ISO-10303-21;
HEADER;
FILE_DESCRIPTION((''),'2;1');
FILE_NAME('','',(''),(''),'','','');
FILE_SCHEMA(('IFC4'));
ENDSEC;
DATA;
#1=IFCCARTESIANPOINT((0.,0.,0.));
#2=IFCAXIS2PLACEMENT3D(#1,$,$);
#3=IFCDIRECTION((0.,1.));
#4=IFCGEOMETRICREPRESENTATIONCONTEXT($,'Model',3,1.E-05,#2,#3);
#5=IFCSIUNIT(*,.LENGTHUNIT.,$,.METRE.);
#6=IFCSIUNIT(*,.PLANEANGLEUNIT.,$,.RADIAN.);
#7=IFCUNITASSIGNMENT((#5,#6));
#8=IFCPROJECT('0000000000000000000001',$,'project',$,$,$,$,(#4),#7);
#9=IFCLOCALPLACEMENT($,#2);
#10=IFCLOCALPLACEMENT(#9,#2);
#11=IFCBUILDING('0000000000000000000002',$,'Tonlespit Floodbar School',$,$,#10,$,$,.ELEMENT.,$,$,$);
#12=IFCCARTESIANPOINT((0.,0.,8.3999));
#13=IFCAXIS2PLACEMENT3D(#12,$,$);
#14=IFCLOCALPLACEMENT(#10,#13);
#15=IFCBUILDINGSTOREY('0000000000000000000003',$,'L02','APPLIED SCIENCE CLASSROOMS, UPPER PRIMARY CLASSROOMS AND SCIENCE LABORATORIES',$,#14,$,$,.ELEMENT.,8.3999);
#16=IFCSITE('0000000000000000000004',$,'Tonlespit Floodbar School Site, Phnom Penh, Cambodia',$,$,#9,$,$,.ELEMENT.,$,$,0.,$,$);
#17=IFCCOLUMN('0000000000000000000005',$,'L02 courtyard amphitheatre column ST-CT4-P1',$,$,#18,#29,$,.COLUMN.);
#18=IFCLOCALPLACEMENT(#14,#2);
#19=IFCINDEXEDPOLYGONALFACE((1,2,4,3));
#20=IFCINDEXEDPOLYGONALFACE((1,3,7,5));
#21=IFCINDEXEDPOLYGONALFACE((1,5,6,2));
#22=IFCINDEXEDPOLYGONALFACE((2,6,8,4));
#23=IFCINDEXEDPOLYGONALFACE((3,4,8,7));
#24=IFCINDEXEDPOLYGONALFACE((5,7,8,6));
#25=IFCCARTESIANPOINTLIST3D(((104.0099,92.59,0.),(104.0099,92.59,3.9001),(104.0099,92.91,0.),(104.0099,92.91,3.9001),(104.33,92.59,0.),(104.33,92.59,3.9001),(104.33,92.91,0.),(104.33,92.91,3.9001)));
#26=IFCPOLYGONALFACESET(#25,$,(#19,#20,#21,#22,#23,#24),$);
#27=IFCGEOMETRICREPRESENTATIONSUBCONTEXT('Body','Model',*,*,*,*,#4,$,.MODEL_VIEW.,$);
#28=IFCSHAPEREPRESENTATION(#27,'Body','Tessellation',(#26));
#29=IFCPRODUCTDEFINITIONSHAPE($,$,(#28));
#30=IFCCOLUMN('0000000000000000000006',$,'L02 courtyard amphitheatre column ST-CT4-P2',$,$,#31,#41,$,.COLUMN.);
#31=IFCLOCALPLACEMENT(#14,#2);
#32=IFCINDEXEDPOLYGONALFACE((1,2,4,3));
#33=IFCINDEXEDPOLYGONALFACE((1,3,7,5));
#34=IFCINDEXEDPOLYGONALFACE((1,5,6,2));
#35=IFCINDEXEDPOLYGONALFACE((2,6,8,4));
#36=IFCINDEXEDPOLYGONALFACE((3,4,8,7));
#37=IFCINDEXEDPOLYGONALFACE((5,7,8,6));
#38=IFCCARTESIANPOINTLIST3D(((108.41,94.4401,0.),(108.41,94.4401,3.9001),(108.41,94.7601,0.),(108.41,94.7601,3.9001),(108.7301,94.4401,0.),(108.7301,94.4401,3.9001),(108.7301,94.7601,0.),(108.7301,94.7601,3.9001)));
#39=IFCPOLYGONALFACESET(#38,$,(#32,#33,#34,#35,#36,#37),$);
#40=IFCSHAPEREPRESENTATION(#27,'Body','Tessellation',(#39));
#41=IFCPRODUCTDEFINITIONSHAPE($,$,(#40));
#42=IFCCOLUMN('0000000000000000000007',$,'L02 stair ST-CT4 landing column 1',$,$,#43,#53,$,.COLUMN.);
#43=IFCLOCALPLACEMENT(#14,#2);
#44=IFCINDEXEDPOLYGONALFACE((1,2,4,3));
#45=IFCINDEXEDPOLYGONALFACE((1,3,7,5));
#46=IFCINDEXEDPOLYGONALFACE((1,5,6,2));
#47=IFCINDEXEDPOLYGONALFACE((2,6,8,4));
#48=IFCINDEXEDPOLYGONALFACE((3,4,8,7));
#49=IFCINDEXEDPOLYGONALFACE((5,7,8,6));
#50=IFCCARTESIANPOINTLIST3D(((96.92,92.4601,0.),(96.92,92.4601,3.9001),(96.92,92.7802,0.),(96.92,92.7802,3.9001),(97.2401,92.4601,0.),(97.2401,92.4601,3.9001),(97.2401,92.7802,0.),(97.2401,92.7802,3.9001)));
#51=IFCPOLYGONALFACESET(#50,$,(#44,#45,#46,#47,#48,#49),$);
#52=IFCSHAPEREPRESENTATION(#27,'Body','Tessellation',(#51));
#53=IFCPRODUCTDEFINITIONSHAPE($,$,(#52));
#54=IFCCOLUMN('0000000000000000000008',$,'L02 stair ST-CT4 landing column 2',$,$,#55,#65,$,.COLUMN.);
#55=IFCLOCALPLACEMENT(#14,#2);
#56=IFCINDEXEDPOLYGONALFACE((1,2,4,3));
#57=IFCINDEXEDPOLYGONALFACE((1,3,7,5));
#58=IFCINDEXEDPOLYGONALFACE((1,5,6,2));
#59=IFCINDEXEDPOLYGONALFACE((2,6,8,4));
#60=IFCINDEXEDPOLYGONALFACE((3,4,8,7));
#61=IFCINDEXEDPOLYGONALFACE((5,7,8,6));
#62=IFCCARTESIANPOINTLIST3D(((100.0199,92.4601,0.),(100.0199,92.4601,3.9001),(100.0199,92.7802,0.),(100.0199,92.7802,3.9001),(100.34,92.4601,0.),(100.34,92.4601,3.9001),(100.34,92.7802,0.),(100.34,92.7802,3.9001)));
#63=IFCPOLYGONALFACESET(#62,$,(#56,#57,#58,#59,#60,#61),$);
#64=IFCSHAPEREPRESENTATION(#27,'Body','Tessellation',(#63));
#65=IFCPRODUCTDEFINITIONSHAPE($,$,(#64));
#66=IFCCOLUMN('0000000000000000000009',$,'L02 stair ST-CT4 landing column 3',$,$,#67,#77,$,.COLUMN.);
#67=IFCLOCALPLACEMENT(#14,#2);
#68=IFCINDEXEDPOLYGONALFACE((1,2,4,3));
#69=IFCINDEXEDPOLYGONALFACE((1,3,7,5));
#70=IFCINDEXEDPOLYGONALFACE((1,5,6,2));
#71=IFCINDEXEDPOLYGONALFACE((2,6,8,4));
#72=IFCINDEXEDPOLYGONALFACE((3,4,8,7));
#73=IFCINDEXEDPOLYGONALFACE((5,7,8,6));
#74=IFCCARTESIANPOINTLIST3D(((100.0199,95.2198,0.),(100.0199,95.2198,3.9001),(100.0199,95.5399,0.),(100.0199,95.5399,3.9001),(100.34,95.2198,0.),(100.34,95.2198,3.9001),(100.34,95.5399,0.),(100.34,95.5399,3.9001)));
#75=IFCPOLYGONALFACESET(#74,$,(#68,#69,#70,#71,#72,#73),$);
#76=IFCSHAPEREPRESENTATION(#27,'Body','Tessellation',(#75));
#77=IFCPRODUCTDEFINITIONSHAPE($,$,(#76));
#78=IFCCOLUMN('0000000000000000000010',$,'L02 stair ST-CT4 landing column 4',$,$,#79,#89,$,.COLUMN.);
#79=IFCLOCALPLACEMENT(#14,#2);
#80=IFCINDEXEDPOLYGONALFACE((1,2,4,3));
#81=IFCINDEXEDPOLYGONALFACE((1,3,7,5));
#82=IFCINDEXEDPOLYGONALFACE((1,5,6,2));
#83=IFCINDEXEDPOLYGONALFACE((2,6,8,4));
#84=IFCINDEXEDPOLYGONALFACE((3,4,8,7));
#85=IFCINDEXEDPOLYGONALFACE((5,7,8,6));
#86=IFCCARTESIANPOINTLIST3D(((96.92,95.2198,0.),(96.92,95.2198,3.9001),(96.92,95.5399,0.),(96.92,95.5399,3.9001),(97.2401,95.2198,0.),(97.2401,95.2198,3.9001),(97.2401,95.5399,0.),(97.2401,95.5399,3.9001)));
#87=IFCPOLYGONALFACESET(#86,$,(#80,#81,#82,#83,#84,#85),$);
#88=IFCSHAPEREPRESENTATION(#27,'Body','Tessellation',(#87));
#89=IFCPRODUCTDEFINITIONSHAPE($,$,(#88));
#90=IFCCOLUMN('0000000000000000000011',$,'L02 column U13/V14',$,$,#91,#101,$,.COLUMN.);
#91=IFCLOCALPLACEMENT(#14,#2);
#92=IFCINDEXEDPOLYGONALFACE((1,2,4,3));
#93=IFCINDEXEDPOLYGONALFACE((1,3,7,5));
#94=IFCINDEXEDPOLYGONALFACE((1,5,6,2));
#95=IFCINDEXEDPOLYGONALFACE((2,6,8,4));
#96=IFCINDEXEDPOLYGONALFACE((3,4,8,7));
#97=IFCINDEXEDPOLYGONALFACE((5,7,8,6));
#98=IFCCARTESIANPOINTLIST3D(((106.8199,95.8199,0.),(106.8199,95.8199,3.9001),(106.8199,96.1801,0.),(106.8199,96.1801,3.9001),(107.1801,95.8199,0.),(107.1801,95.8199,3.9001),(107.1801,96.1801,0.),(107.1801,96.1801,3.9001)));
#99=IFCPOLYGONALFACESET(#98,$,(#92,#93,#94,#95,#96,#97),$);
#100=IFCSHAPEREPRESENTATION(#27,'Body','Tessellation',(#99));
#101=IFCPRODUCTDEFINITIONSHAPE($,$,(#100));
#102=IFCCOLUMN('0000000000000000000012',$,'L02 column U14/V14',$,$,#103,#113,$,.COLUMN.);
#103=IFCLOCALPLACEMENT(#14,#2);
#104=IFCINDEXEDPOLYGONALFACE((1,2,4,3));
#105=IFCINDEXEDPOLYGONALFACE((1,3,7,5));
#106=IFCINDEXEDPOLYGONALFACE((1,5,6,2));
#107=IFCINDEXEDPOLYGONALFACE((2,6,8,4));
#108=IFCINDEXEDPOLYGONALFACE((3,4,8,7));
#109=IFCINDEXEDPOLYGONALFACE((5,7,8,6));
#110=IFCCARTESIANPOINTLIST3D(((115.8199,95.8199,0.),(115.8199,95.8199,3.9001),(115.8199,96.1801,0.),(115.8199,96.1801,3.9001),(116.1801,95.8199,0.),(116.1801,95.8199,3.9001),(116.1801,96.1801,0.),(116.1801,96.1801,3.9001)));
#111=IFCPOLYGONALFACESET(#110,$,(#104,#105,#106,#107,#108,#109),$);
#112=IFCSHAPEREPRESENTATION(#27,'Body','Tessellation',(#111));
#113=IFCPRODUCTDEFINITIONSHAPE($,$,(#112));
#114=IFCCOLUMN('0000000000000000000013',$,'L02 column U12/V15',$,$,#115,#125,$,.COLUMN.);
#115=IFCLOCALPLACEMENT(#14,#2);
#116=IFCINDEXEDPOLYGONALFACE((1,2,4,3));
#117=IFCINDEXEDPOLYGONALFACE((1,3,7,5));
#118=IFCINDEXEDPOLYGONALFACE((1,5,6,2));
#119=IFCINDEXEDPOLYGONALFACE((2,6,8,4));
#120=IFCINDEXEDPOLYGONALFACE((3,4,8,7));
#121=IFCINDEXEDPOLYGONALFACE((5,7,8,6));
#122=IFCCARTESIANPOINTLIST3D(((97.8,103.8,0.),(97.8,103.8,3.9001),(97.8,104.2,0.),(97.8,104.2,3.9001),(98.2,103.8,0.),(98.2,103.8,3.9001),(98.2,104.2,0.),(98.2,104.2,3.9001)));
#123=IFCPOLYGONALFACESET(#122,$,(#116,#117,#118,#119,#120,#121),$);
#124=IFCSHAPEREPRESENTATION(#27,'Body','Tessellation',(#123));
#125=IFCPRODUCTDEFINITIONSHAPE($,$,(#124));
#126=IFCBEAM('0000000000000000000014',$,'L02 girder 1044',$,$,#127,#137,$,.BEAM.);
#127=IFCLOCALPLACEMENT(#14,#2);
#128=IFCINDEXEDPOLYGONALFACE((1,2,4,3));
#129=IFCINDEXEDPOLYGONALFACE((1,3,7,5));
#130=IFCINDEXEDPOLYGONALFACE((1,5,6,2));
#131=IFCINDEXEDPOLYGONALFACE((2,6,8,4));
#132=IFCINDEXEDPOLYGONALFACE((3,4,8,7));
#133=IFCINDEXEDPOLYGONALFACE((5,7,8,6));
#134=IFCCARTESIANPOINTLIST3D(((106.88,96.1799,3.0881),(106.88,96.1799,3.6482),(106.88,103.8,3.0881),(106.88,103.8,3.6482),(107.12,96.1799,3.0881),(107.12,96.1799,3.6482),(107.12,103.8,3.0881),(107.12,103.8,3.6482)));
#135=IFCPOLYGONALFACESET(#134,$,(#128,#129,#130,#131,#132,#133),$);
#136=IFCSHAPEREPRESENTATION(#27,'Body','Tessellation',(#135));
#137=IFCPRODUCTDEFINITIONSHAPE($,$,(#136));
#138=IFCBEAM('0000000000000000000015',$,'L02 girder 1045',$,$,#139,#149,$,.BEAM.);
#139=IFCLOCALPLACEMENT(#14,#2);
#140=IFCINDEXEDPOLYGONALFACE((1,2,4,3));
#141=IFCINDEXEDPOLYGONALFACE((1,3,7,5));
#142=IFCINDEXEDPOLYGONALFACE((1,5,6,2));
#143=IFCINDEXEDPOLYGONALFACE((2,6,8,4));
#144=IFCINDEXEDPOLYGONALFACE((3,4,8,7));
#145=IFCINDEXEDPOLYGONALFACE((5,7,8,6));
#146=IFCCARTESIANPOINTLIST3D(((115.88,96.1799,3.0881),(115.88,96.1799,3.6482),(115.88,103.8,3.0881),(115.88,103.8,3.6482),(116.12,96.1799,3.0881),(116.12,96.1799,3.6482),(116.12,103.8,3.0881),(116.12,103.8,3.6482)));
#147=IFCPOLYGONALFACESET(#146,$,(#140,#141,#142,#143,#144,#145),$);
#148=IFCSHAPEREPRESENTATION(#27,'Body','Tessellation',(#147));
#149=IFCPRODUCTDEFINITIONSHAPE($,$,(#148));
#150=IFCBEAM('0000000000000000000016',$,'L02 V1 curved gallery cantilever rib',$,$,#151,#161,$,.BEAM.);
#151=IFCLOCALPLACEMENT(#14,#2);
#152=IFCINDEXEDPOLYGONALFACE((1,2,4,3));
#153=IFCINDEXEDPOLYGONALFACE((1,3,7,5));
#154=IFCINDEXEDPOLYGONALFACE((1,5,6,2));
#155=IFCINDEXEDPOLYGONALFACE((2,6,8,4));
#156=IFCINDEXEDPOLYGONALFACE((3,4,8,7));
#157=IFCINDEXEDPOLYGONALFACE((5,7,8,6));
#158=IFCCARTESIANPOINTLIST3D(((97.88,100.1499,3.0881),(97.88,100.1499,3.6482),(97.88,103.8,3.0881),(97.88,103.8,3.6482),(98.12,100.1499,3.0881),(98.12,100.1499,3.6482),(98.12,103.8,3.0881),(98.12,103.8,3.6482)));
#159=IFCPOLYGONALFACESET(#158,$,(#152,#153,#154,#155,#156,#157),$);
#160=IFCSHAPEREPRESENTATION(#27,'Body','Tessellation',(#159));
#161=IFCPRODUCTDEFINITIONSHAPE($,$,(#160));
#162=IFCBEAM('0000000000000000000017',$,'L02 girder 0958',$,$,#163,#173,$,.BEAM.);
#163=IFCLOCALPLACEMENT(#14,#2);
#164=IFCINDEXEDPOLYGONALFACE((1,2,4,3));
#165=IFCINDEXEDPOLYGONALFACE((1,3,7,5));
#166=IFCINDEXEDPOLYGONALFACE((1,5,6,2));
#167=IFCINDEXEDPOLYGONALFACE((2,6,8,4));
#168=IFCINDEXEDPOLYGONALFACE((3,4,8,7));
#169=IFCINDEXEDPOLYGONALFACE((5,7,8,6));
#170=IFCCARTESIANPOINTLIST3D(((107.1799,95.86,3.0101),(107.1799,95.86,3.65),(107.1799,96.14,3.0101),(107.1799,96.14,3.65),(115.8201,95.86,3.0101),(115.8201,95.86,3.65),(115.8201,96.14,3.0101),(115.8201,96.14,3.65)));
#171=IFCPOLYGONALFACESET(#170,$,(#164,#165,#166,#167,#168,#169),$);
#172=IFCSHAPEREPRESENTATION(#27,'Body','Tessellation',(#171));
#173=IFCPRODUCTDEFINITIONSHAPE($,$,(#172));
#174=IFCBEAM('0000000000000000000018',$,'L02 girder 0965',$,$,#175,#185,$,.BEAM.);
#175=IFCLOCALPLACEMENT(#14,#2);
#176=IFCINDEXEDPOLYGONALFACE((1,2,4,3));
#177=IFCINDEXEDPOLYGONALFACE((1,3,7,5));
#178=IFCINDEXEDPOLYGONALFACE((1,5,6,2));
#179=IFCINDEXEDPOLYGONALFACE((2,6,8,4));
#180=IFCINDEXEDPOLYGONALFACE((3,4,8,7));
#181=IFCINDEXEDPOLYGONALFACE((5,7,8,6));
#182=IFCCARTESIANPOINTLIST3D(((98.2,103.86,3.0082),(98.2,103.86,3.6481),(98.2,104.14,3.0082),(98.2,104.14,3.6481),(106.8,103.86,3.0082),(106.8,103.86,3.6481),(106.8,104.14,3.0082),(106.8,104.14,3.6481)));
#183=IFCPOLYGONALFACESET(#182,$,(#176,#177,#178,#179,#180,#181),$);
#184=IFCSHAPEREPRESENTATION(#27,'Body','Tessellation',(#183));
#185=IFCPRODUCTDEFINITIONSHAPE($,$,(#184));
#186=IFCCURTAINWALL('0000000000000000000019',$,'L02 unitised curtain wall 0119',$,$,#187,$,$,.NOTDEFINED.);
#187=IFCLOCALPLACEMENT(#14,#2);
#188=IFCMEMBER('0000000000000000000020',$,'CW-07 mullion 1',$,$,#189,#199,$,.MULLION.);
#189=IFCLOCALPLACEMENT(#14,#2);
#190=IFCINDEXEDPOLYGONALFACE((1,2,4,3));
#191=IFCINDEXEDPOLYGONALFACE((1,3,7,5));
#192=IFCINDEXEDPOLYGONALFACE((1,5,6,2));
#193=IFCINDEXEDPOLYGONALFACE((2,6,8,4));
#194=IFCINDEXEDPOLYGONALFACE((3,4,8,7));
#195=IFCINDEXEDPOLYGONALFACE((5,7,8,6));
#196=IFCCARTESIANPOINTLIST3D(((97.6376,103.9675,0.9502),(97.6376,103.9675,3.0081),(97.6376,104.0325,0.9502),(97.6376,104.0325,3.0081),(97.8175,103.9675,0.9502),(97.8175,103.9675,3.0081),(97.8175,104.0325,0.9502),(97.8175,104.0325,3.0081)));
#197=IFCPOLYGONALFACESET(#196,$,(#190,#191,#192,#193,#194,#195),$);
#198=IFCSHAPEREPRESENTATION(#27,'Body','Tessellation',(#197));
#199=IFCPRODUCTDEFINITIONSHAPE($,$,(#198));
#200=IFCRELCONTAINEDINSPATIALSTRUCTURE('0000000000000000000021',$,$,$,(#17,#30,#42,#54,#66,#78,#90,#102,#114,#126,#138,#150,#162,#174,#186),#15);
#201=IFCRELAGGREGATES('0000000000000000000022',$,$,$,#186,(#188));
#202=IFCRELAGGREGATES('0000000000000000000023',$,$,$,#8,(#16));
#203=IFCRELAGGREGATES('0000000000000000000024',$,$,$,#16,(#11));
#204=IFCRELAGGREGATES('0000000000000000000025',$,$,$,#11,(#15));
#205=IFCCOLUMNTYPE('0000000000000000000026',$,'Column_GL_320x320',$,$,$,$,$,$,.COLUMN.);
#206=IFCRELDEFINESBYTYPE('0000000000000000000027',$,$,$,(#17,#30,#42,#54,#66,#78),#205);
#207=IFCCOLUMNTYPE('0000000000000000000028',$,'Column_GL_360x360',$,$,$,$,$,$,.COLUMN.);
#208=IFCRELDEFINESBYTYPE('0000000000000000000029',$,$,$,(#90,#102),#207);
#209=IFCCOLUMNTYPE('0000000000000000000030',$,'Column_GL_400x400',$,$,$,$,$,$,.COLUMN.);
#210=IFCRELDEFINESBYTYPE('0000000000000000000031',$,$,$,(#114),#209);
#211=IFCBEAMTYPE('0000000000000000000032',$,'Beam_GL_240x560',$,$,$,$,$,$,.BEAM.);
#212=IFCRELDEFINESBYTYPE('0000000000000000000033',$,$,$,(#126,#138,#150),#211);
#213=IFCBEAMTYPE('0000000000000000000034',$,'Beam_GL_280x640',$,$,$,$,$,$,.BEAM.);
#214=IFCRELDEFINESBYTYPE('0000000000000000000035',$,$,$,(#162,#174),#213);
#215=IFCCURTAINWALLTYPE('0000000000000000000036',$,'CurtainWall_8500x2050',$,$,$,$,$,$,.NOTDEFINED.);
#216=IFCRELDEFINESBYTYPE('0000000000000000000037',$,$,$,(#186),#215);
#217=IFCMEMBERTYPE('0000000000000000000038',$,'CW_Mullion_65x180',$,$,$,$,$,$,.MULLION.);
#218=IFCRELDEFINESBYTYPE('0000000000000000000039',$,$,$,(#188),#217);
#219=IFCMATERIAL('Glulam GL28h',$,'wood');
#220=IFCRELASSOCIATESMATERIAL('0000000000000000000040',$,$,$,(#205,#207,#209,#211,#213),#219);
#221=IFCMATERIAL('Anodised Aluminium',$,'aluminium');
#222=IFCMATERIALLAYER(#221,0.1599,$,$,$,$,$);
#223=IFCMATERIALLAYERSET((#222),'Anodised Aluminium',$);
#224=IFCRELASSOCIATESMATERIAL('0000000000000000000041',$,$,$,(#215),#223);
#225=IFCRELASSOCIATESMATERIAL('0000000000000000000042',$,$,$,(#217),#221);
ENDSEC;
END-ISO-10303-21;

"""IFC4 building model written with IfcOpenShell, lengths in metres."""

from ifc_helpers import new_model, si_unit, direction, frame, origin, origin_2d, place, context, subcontext, project, spatial, rectangle, extrude, material, layer, layer_set, material_profile, profile_set, type_object, element, aggregate, save


model = new_model("IFC4")

# Units and contexts
model_context = context("Model", 3, precision=1e-05, world=origin(), true_north=direction((0.0, 1.0)))
body_context = subcontext(model_context, "Body", "Model", "MODEL_VIEW")
ifc_project = project(units=[si_unit("LENGTHUNIT", "METRE"), si_unit("PLANEANGLEUNIT", "RADIAN")], contexts=[model_context])

# Site, building, storey
site_placement = place(None, origin())
site = spatial("IfcSite", under=ifc_project, at=site_placement, Name="Tonlespit Floodbar School Site, Phnom Penh, Cambodia", CompositionType="ELEMENT", RefElevation=0.0)
building_placement = place(site_placement, origin())
building = spatial("IfcBuilding", under=site, at=building_placement, Name="Tonlespit Floodbar School", CompositionType="ELEMENT")
storey_placement = place(building_placement, frame((0.0, 0.0, 8.3999)))
storey = spatial("IfcBuildingStorey", under=building, at=storey_placement, Name="L02", Description="APPLIED SCIENCE CLASSROOMS, UPPER PRIMARY CLASSROOMS AND SCIENCE LABORATORIES", CompositionType="ELEMENT", Elevation=8.3999)

# Columns
ifc_material_1 = material(Name="Glulam GL28h", Category="wood")
ifc_material_profile_1 = material_profile(ifc_material_1, rectangle(XDim=0.3201, YDim=0.3201, at=origin_2d()), Name="GL 320x320")
ifc_profile_set_1 = profile_set([ifc_material_profile_1], Name="Glulam GL28h")
column_type_1 = type_object("IfcColumnType", Name="Column_GL_320x320", PredefinedType="COLUMN", material=ifc_profile_set_1)
for number, where, z_axis, x_axis, name in (
    (1, (104.1699, 92.75, 0.0), (0.0, 0.0, 1.0), (1.0, 0.0, 0.0), "L02 courtyard amphitheatre column ST-CT4-P1"),
    (2, (108.5701, 94.6001, 0.0), (0.0, 0.0, 1.0), (1.0, 0.0, 0.0), "L02 courtyard amphitheatre column ST-CT4-P2"),
    (3, (97.0801, 92.6201, 0.0), (0.0, 0.0, 1.0), (1.0, 0.0, 0.0), "L02 stair ST-CT4 landing column 1"),
    (4, (100.1799, 92.6201, 0.0), (0.0, 0.0, 1.0), (1.0, 0.0, 0.0), "L02 stair ST-CT4 landing column 2"),
    (5, (100.1799, 95.3799, 0.0), (0.0, 0.0, 1.0), (1.0, 0.0, 0.0), "L02 stair ST-CT4 landing column 3"),
    (6, (97.0801, 95.3799, 0.0), (0.0, 0.0, 1.0), (1.0, 0.0, 0.0), "L02 stair ST-CT4 landing column 4"),
):
    element("IfcColumn", number, at=place(storey_placement, frame(where, z_axis=z_axis, x_axis=x_axis)), inside=storey, type_object=column_type_1, Name=name, PredefinedType="COLUMN", context=body_context, shape_type="SweptSolid", body=[
        extrude(rectangle(XDim=0.3201, YDim=0.3201, at=origin_2d()), origin(), (0.0, 0.0, 1.0), 3.9001),
    ])
ifc_material_profile_2 = material_profile(ifc_material_1, rectangle(XDim=0.3601, YDim=0.3601, at=origin_2d()), Name="GL 360x360")
ifc_profile_set_2 = profile_set([ifc_material_profile_2], Name="Glulam GL28h")
column_type_2 = type_object("IfcColumnType", Name="Column_GL_360x360", PredefinedType="COLUMN", material=ifc_profile_set_2)
for number, where, z_axis, x_axis, name in (
    (7, (107.0, 96.0, 0.0), (0.0, 0.0, 1.0), (1.0, 0.0, 0.0), "L02 column U13/V14"),
    (8, (116.0, 96.0, 0.0), (0.0, 0.0, 1.0), (1.0, 0.0, 0.0), "L02 column U14/V14"),
):
    element("IfcColumn", number, at=place(storey_placement, frame(where, z_axis=z_axis, x_axis=x_axis)), inside=storey, type_object=column_type_2, Name=name, PredefinedType="COLUMN", context=body_context, shape_type="SweptSolid", body=[
        extrude(rectangle(XDim=0.3601, YDim=0.3601, at=origin_2d()), origin(), (0.0, 0.0, 1.0), 3.9001),
    ])
ifc_material_profile_3 = material_profile(ifc_material_1, rectangle(XDim=0.3999, YDim=0.3999, at=origin_2d()), Name="GL 400x400")
ifc_profile_set_3 = profile_set([ifc_material_profile_3], Name="Glulam GL28h")
column_type_3 = type_object("IfcColumnType", Name="Column_GL_400x400", PredefinedType="COLUMN", material=ifc_profile_set_3)
column_placement = place(storey_placement, frame((98.0, 104.0, 0.0), z_axis=(0.0, 0.0, 1.0), x_axis=(1.0, 0.0, 0.0)))
element("IfcColumn", 9, at=column_placement, inside=storey, type_object=column_type_3, Name="L02 column U12/V15", PredefinedType="COLUMN", context=body_context, shape_type="SweptSolid", body=[
    extrude(rectangle(XDim=0.3999, YDim=0.3999, at=origin_2d()), origin(), (0.0, 0.0, 1.0), 3.9001),
])

# Beams
ifc_material_profile_4 = material_profile(ifc_material_1, rectangle(XDim=0.24, YDim=0.5601, at=origin_2d()), Name="GL 240x560")
ifc_profile_set_4 = profile_set([ifc_material_profile_4], Name="Glulam GL28h")
beam_type_1 = type_object("IfcBeamType", Name="Beam_GL_240x560", PredefinedType="BEAM", material=ifc_profile_set_4)
for number, where, z_axis, x_axis, name in (
    (10, (107.0, 96.1799, 3.3682), (0.0, 1.0, 0.0), (-1.0, 0.0, 0.0), "L02 girder 1044"),
    (11, (116.0, 96.1799, 3.3682), (0.0, 1.0, 0.0), (-1.0, 0.0, 0.0), "L02 girder 1045"),
):
    element("IfcBeam", number, at=place(storey_placement, frame(where, z_axis=z_axis, x_axis=x_axis)), inside=storey, type_object=beam_type_1, Name=name, PredefinedType="BEAM", context=body_context, shape_type="SweptSolid", body=[
        extrude(rectangle(XDim=0.24, YDim=0.5601, at=origin_2d()), origin(), (0.0, 0.0, 1.0), 7.6201),
    ])
beam_1_placement = place(storey_placement, frame((98.0, 103.8, 3.3682), z_axis=(0.0, -1.0, 0.0), x_axis=(1.0, 0.0, 0.0)))
element("IfcBeam", 12, at=beam_1_placement, inside=storey, type_object=beam_type_1, Name="L02 V1 curved gallery cantilever rib", PredefinedType="BEAM", context=body_context, shape_type="SweptSolid", body=[
    extrude(rectangle(XDim=0.24, YDim=0.5601, at=origin_2d()), origin(), (0.0, 0.0, 1.0), 3.6501),
])
ifc_material_profile_5 = material_profile(ifc_material_1, rectangle(XDim=0.28, YDim=0.6399, at=origin_2d()), Name="GL 280x640")
ifc_profile_set_5 = profile_set([ifc_material_profile_5], Name="Glulam GL28h")
beam_type_2 = type_object("IfcBeamType", Name="Beam_GL_280x640", PredefinedType="BEAM", material=ifc_profile_set_5)
beam_2_placement = place(storey_placement, frame((107.1799, 96.0, 3.3301), z_axis=(1.0, 0.0, 0.0), x_axis=(0.0, 1.0, 0.0)))
element("IfcBeam", 13, at=beam_2_placement, inside=storey, type_object=beam_type_2, Name="L02 girder 0958", PredefinedType="BEAM", context=body_context, shape_type="SweptSolid", body=[
    extrude(rectangle(XDim=0.28, YDim=0.6399, at=origin_2d()), origin(), (0.0, 0.0, 1.0), 8.6401),
])
beam_3_placement = place(storey_placement, frame((98.2, 104.0, 3.3281), z_axis=(1.0, 0.0, 0.0), x_axis=(0.0, 1.0, 0.0)))
element("IfcBeam", 14, at=beam_3_placement, inside=storey, type_object=beam_type_2, Name="L02 girder 0965", PredefinedType="BEAM", context=body_context, shape_type="SweptSolid", body=[
    extrude(rectangle(XDim=0.28, YDim=0.6399, at=origin_2d()), origin(), (0.0, 0.0, 1.0), 8.6001),
])

# Curtain wall, member
ifc_material_2 = material(Name="Anodised Aluminium", Category="aluminium")
ifc_layer_1 = layer(ifc_material_2, 0.1599)
ifc_layer_set_1 = layer_set([ifc_layer_1], Name="Anodised Aluminium")
curtain_wall_type = type_object("IfcCurtainWallType", Name="CurtainWall_8500x2050", PredefinedType="NOTDEFINED", material=ifc_layer_set_1)
curtain_wall_placement = place(storey_placement, origin())
curtain_wall = element("IfcCurtainWall", 15, at=curtain_wall_placement, inside=storey, type_object=curtain_wall_type, Name="L02 unitised curtain wall 0119", PredefinedType="NOTDEFINED")
ifc_material_profile_6 = material_profile(ifc_material_2, rectangle(XDim=0.0649, YDim=0.1799, at=origin_2d()), Name="ALU M65x180")
ifc_profile_set_6 = profile_set([ifc_material_profile_6], Name="Anodised Aluminium")
member_type_1 = type_object("IfcMemberType", Name="CW_Mullion_65x180", PredefinedType="MULLION", material=ifc_profile_set_6)
member_1_placement = place(storey_placement, frame((97.7275, 104.0, 0.9502), z_axis=(0.0, 0.0, 1.0), x_axis=(0.0, -1.0, 0.0)))
member_1 = element("IfcMember", 16, at=member_1_placement, type_object=member_type_1, Name="CW-07 mullion 1", PredefinedType="MULLION", context=body_context, shape_type="SweptSolid", body=[
    extrude(rectangle(XDim=0.0649, YDim=0.1799, at=origin_2d()), origin(), (0.0, 0.0, 1.0), 2.0579),
])
aggregate(curtain_wall, [member_1])

save(model, "model.ifc")
